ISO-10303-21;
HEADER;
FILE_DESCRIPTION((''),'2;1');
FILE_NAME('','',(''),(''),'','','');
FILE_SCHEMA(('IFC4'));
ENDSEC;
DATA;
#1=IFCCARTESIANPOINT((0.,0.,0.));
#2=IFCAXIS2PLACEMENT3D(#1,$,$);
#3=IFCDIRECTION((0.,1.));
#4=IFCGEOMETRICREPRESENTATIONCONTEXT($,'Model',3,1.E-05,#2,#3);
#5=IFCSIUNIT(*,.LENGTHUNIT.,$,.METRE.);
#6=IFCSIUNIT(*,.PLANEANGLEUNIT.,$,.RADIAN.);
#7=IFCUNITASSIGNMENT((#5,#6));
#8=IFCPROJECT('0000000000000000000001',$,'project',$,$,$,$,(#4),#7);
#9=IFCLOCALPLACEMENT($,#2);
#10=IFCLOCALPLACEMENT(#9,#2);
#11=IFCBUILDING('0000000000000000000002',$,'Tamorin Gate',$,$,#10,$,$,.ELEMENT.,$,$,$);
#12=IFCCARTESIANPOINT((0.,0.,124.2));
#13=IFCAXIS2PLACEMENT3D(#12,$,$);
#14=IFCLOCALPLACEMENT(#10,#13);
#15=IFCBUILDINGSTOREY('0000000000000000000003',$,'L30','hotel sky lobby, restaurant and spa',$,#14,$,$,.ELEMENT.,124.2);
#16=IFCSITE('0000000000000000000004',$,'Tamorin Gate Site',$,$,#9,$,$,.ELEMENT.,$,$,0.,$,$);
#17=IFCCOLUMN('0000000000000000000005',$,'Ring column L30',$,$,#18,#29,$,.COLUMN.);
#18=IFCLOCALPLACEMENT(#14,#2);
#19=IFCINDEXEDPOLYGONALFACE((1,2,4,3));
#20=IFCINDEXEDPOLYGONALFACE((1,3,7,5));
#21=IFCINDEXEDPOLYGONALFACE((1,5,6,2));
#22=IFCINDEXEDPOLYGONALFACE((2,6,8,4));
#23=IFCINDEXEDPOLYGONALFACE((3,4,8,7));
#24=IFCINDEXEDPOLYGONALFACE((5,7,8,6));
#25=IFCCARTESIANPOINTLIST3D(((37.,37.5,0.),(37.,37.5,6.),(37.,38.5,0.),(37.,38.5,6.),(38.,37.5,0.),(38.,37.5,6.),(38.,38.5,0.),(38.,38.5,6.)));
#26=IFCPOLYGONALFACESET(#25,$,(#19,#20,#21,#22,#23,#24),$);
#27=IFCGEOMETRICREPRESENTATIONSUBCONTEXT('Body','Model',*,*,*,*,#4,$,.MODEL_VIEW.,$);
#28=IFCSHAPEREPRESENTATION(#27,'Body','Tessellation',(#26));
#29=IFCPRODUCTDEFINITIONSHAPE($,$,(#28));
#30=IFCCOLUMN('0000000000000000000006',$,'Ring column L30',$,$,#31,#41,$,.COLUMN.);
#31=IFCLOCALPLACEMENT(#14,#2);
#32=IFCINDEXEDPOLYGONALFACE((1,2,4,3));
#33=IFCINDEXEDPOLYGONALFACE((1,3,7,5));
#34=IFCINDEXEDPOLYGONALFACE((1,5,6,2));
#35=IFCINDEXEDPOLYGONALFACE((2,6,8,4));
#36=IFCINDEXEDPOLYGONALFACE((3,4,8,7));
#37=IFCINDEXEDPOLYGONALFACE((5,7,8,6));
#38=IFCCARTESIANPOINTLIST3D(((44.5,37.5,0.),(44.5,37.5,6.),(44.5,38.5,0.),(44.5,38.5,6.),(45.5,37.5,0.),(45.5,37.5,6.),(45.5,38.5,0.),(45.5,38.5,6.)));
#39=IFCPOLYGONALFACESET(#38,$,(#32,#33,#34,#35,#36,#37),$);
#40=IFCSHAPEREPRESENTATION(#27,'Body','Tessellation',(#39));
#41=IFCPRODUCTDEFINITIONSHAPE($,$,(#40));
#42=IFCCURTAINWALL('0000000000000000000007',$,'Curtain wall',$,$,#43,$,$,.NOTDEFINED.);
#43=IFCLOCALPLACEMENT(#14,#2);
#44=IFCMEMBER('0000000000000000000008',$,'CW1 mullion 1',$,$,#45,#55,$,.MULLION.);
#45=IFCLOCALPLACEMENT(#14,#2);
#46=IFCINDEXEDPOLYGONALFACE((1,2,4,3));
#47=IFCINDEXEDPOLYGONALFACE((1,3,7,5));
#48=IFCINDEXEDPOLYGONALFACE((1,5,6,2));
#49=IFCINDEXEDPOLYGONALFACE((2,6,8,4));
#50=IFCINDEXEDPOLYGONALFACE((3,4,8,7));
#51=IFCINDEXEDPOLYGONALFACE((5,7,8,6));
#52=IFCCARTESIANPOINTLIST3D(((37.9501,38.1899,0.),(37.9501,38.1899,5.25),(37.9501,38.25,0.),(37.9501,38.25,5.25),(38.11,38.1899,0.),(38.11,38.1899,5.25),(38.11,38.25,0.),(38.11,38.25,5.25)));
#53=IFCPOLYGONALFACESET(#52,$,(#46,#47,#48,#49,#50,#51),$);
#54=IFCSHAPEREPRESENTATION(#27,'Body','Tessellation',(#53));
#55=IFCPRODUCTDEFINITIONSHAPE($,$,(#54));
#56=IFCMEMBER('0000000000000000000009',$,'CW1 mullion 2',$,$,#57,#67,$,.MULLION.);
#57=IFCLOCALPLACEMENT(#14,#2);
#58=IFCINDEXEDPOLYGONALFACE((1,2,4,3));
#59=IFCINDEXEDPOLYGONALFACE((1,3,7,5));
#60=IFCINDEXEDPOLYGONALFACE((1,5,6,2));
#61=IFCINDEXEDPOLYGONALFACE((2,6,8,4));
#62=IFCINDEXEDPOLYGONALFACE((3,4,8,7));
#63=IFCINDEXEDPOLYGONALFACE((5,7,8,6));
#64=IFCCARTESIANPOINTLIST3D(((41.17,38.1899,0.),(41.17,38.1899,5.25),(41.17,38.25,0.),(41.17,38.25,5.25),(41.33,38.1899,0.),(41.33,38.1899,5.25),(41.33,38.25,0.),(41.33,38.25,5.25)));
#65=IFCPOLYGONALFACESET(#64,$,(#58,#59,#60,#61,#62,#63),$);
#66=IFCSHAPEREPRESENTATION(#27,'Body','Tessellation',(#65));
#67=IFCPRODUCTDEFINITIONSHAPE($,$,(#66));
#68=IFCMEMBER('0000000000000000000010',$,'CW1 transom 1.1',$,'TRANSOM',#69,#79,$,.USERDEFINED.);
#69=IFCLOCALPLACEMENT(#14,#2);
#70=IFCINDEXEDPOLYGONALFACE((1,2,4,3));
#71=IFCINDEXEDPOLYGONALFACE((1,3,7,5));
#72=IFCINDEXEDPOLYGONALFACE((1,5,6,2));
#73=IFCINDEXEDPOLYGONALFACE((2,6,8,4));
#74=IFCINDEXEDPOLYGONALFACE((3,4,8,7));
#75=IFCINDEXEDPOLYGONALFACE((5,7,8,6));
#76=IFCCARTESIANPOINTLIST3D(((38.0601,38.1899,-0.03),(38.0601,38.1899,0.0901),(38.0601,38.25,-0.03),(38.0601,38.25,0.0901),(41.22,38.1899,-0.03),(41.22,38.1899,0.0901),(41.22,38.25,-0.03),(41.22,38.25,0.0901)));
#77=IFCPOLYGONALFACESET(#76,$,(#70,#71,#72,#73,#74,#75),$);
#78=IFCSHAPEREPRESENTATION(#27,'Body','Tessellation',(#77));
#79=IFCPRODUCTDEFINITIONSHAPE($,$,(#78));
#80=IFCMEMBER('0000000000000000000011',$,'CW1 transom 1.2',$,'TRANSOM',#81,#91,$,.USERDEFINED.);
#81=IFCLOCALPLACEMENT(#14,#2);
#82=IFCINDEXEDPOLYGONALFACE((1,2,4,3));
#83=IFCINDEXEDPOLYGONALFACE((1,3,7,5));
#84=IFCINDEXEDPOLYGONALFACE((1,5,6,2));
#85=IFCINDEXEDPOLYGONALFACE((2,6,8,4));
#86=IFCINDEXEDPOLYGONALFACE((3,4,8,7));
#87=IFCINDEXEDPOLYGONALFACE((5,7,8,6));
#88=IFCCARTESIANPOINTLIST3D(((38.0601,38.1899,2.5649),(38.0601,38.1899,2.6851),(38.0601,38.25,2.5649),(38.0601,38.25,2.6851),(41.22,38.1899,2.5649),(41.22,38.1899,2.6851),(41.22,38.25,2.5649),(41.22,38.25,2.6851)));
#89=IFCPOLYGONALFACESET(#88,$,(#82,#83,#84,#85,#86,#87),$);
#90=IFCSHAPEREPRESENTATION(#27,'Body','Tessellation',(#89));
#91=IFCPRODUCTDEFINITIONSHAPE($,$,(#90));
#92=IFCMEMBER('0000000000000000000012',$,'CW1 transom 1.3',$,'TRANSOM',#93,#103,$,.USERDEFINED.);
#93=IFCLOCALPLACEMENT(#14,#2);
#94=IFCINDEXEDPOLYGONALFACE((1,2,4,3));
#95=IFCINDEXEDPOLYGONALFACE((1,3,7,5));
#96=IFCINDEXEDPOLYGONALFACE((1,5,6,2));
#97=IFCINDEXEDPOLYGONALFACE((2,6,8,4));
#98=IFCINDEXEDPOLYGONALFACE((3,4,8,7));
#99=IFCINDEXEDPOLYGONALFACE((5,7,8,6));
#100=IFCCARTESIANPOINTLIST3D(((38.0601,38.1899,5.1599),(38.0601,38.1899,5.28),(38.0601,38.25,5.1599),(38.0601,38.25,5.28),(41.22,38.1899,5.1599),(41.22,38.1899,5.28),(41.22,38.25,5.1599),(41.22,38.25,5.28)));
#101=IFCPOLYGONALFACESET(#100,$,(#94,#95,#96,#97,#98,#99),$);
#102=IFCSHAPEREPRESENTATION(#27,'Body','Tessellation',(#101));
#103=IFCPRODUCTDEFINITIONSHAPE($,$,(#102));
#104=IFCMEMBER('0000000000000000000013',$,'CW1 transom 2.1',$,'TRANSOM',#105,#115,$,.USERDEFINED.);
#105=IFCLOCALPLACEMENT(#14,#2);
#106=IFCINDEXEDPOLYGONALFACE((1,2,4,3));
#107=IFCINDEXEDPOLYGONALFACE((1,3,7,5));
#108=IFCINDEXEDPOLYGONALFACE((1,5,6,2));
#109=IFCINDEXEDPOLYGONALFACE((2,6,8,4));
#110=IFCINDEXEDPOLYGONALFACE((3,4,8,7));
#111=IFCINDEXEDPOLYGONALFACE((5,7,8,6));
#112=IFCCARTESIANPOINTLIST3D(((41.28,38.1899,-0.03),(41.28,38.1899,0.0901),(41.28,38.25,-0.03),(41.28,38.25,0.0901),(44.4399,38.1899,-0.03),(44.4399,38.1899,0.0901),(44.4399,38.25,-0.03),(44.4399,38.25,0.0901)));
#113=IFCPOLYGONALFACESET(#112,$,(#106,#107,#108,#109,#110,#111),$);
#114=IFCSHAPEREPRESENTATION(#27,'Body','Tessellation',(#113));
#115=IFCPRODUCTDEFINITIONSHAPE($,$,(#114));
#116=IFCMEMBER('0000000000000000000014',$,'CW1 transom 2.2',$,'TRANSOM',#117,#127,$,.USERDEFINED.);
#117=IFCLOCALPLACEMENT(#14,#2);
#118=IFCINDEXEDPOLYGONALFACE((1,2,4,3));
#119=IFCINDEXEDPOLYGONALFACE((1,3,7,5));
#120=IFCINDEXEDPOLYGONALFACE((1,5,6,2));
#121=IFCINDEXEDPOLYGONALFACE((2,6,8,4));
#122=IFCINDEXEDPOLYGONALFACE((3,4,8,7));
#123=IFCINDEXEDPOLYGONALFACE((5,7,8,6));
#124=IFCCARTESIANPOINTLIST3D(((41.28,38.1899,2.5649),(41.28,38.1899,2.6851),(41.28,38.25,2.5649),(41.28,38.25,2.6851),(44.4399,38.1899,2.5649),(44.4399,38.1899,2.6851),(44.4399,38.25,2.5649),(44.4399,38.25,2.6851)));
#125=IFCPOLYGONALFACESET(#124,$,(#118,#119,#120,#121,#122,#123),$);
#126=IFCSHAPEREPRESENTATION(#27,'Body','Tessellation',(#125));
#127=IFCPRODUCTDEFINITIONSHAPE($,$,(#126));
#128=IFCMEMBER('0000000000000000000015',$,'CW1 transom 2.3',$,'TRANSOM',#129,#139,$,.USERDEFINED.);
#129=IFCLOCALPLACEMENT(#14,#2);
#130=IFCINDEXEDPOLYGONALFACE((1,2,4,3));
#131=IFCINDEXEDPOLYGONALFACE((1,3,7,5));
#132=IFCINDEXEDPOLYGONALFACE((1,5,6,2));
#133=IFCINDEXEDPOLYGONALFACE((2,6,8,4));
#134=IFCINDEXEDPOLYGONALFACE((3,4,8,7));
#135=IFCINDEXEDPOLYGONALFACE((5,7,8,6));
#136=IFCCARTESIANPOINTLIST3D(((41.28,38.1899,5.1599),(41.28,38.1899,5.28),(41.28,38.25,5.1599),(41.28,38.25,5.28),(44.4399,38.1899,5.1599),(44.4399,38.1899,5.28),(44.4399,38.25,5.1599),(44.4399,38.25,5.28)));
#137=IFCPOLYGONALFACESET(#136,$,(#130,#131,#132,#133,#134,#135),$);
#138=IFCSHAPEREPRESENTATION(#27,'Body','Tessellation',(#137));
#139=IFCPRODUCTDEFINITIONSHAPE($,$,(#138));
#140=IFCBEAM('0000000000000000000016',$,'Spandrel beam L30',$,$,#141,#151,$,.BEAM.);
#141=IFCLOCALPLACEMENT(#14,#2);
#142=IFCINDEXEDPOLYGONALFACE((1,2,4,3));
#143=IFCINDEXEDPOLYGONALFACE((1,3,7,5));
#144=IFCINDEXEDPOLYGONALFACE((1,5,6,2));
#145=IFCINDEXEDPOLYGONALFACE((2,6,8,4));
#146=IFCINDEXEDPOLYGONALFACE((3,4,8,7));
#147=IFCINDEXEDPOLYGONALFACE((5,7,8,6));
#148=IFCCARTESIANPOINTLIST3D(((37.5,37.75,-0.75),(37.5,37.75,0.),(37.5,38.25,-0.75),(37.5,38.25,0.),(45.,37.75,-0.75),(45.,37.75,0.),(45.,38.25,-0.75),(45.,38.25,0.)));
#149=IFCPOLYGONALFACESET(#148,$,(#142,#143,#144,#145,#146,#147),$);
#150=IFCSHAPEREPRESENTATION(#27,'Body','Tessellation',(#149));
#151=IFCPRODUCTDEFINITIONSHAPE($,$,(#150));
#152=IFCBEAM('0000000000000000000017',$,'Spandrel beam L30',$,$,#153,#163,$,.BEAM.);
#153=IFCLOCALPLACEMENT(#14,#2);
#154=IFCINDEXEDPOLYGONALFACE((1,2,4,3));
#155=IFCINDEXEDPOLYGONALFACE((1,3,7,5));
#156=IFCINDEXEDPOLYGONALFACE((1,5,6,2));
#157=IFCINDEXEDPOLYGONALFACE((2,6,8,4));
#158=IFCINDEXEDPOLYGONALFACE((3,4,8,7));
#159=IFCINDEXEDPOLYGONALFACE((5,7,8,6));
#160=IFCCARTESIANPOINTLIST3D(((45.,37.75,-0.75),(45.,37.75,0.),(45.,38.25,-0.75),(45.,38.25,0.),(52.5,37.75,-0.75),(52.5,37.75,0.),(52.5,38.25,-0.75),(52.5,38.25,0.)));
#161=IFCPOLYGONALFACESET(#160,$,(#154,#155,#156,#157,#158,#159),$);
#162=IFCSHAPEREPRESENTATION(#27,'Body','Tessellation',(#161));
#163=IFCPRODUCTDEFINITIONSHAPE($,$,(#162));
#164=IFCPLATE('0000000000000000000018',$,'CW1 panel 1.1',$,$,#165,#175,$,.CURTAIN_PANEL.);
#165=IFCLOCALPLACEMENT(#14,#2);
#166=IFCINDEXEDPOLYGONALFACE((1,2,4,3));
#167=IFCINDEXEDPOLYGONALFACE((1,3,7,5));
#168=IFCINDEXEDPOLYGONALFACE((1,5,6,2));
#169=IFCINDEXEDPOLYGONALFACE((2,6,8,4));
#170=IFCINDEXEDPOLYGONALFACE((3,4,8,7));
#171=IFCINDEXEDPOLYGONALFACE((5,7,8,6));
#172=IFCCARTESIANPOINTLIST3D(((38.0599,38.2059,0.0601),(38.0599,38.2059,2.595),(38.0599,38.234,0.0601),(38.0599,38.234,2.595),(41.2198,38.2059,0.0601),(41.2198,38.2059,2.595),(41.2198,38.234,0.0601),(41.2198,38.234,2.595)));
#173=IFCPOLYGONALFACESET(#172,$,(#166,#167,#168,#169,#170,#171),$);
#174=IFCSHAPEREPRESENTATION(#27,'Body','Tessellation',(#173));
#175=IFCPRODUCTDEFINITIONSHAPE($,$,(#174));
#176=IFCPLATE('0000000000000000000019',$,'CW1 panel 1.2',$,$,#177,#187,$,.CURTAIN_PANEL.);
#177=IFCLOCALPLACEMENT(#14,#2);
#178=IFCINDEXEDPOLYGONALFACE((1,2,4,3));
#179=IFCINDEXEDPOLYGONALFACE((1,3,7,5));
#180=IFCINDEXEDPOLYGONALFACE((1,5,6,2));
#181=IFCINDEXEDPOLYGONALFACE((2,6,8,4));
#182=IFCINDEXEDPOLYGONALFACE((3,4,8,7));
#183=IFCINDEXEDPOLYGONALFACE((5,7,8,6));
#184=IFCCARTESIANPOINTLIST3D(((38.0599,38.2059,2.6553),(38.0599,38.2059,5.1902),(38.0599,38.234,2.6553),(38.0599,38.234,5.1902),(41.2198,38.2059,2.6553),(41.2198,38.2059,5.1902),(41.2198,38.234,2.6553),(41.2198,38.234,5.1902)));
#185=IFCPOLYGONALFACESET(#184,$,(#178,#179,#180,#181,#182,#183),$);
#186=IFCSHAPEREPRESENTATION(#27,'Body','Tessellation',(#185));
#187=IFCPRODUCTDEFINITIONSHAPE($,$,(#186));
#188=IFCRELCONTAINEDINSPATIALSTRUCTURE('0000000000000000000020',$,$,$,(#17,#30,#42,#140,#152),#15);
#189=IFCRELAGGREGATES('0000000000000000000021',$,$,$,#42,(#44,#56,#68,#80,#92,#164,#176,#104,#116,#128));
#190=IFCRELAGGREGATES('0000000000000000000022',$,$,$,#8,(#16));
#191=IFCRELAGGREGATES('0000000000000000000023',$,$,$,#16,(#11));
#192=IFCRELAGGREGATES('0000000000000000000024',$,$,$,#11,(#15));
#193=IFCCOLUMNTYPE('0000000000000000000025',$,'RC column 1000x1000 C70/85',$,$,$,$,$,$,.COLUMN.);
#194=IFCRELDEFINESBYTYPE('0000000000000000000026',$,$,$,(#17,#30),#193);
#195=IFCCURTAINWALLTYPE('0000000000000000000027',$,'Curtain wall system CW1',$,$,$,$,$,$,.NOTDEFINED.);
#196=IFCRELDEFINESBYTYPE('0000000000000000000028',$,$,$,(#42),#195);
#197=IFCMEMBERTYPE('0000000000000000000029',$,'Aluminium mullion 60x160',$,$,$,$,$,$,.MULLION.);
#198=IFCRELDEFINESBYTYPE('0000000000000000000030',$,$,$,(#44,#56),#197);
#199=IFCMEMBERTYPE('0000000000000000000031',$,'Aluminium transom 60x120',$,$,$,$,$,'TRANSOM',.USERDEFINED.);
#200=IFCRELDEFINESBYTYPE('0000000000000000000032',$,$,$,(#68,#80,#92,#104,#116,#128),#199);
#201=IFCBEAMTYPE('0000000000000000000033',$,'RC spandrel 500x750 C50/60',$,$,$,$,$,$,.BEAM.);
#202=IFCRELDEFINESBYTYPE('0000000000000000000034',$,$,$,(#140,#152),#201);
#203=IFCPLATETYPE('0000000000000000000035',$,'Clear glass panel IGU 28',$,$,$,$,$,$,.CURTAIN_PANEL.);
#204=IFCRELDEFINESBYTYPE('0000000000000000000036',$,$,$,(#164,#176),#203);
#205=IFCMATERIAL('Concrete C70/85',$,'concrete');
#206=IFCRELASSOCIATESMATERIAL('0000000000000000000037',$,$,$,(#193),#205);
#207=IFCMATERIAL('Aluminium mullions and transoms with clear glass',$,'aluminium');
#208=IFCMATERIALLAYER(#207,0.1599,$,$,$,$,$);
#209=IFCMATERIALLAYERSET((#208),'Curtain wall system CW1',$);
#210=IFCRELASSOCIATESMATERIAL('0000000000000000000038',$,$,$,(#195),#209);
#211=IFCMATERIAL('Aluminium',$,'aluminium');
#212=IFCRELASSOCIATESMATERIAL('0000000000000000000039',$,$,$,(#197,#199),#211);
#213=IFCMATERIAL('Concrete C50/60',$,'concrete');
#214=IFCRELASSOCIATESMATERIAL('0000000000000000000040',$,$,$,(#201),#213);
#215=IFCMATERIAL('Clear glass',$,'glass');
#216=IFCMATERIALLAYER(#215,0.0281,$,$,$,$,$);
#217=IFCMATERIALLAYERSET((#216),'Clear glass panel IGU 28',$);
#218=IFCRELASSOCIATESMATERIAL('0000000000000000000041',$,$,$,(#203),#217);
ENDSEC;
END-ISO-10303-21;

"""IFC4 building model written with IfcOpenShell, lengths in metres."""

from ifc_helpers import new_model, si_unit, direction, frame, origin, origin_2d, place, context, subcontext, project, spatial, rectangle, extrude, material, layer, layer_set, material_profile, profile_set, type_object, element, aggregate, save


model = new_model("IFC4")

# Units and contexts
model_context = context("Model", 3, precision=1e-05, world=origin(), true_north=direction((0.0, 1.0)))
body_context = subcontext(model_context, "Body", "Model", "MODEL_VIEW")
ifc_project = project(units=[si_unit("LENGTHUNIT", "METRE"), si_unit("PLANEANGLEUNIT", "RADIAN")], contexts=[model_context])

# Site, building, storey
site_placement = place(None, origin())
site = spatial("IfcSite", under=ifc_project, at=site_placement, Name="Tamorin Gate Site", CompositionType="ELEMENT", RefElevation=0.0)
building_placement = place(site_placement, origin())
building = spatial("IfcBuilding", under=site, at=building_placement, Name="Tamorin Gate", CompositionType="ELEMENT")
storey_placement = place(building_placement, frame((0.0, 0.0, 124.2)))
storey = spatial("IfcBuildingStorey", under=building, at=storey_placement, Name="L30", Description="hotel sky lobby, restaurant and spa", CompositionType="ELEMENT", Elevation=124.2)

# Columns
ifc_material_1 = material(Name="Concrete C70/85", Category="concrete")
ifc_material_profile_1 = material_profile(ifc_material_1, rectangle(XDim=1.0, YDim=1.0, at=origin_2d()), Name="RC 1000x1000")
ifc_profile_set_1 = profile_set([ifc_material_profile_1], Name="Concrete C70/85")
column_type = type_object("IfcColumnType", Name="RC column 1000x1000 C70/85", PredefinedType="COLUMN", material=ifc_profile_set_1)
for number, where, z_axis, x_axis, name in (
    (1, (37.5, 38.0, 0.0), (0.0, 0.0, 1.0), (1.0, 0.0, 0.0), "Ring column L30"),
    (2, (45.0, 38.0, 0.0), (0.0, 0.0, 1.0), (1.0, 0.0, 0.0), "Ring column L30"),
):
    element("IfcColumn", number, at=place(storey_placement, frame(where, z_axis=z_axis, x_axis=x_axis)), inside=storey, type_object=column_type, Name=name, PredefinedType="COLUMN", context=body_context, shape_type="SweptSolid", body=[
        extrude(rectangle(XDim=1.0, YDim=1.0, at=origin_2d()), origin(), (0.0, 0.0, 1.0), 6.0),
    ])

# Curtain wall, members
ifc_material_2 = material(Name="Aluminium mullions and transoms with clear glass", Category="aluminium")
ifc_layer_1 = layer(ifc_material_2, 0.1599)
ifc_layer_set_1 = layer_set([ifc_layer_1], Name="Curtain wall system CW1")
curtain_wall_type = type_object("IfcCurtainWallType", Name="Curtain wall system CW1", PredefinedType="NOTDEFINED", material=ifc_layer_set_1)
curtain_wall_placement = place(storey_placement, origin())
curtain_wall = element("IfcCurtainWall", 3, at=curtain_wall_placement, inside=storey, type_object=curtain_wall_type, Name="Curtain wall", PredefinedType="NOTDEFINED")
ifc_material_3 = material(Name="Aluminium", Category="aluminium")
ifc_material_profile_2 = material_profile(ifc_material_3, rectangle(XDim=0.0601, YDim=0.1599, at=origin_2d()), Name="RECT 60x160")
ifc_profile_set_2 = profile_set([ifc_material_profile_2], Name="Aluminium")
member_type_1 = type_object("IfcMemberType", Name="Aluminium mullion 60x160", PredefinedType="MULLION", material=ifc_profile_set_2)
member_1_placement = place(storey_placement, frame((38.03, 38.22, 0.0), z_axis=(0.0, 0.0, 1.0), x_axis=(0.0, 1.0, 0.0)))
member_1 = element("IfcMember", 4, at=member_1_placement, type_object=member_type_1, Name="CW1 mullion 1", PredefinedType="MULLION", context=body_context, shape_type="SweptSolid", body=[
    extrude(rectangle(XDim=0.0601, YDim=0.1599, at=origin_2d()), origin(), (0.0, 0.0, 1.0), 5.25),
])
member_2_placement = place(storey_placement, frame((41.25, 38.22, 0.0), z_axis=(0.0, 0.0, 1.0), x_axis=(0.0, 1.0, 0.0)))
member_2 = element("IfcMember", 5, at=member_2_placement, type_object=member_type_1, Name="CW1 mullion 2", PredefinedType="MULLION", context=body_context, shape_type="SweptSolid", body=[
    extrude(rectangle(XDim=0.0601, YDim=0.1599, at=origin_2d()), origin(), (0.0, 0.0, 1.0), 5.25),
])
ifc_material_profile_3 = material_profile(ifc_material_3, rectangle(XDim=0.0601, YDim=0.1201, at=origin_2d()), Name="RECT 60x120")
ifc_profile_set_3 = profile_set([ifc_material_profile_3], Name="Aluminium")
member_type_2 = type_object("IfcMemberType", Name="Aluminium transom 60x120", ElementType="TRANSOM", PredefinedType="USERDEFINED", material=ifc_profile_set_3)
member_3_placement = place(storey_placement, frame((38.0601, 38.22, 0.03), z_axis=(1.0, 0.0, 0.0), x_axis=(0.0, 1.0, 0.0)))
member_3 = element("IfcMember", 6, at=member_3_placement, type_object=member_type_2, Name="CW1 transom 1.1", ObjectType="TRANSOM", PredefinedType="USERDEFINED", context=body_context, shape_type="SweptSolid", body=[
    extrude(rectangle(XDim=0.0601, YDim=0.1201, at=origin_2d()), origin(), (0.0, 0.0, 1.0), 3.1599),
])
member_4_placement = place(storey_placement, frame((38.0601, 38.22, 2.625), z_axis=(1.0, 0.0, 0.0), x_axis=(0.0, 1.0, 0.0)))
member_4 = element("IfcMember", 7, at=member_4_placement, type_object=member_type_2, Name="CW1 transom 1.2", ObjectType="TRANSOM", PredefinedType="USERDEFINED", context=body_context, shape_type="SweptSolid", body=[
    extrude(rectangle(XDim=0.0601, YDim=0.1201, at=origin_2d()), origin(), (0.0, 0.0, 1.0), 3.1599),
])
member_5_placement = place(storey_placement, frame((38.0601, 38.22, 5.22), z_axis=(1.0, 0.0, 0.0), x_axis=(0.0, 1.0, 0.0)))
member_5 = element("IfcMember", 8, at=member_5_placement, type_object=member_type_2, Name="CW1 transom 1.3", ObjectType="TRANSOM", PredefinedType="USERDEFINED", context=body_context, shape_type="SweptSolid", body=[
    extrude(rectangle(XDim=0.0601, YDim=0.1201, at=origin_2d()), origin(), (0.0, 0.0, 1.0), 3.1599),
])
member_6_placement = place(storey_placement, frame((41.28, 38.22, 0.03), z_axis=(1.0, 0.0, 0.0), x_axis=(0.0, 1.0, 0.0)))
member_6 = element("IfcMember", 9, at=member_6_placement, type_object=member_type_2, Name="CW1 transom 2.1", ObjectType="TRANSOM", PredefinedType="USERDEFINED", context=body_context, shape_type="SweptSolid", body=[
    extrude(rectangle(XDim=0.0601, YDim=0.1201, at=origin_2d()), origin(), (0.0, 0.0, 1.0), 3.1599),
])
member_7_placement = place(storey_placement, frame((41.28, 38.22, 2.625), z_axis=(1.0, 0.0, 0.0), x_axis=(0.0, 1.0, 0.0)))
member_7 = element("IfcMember", 10, at=member_7_placement, type_object=member_type_2, Name="CW1 transom 2.2", ObjectType="TRANSOM", PredefinedType="USERDEFINED", context=body_context, shape_type="SweptSolid", body=[
    extrude(rectangle(XDim=0.0601, YDim=0.1201, at=origin_2d()), origin(), (0.0, 0.0, 1.0), 3.1599),
])
member_8_placement = place(storey_placement, frame((41.28, 38.22, 5.22), z_axis=(1.0, 0.0, 0.0), x_axis=(0.0, 1.0, 0.0)))
member_8 = element("IfcMember", 11, at=member_8_placement, type_object=member_type_2, Name="CW1 transom 2.3", ObjectType="TRANSOM", PredefinedType="USERDEFINED", context=body_context, shape_type="SweptSolid", body=[
    extrude(rectangle(XDim=0.0601, YDim=0.1201, at=origin_2d()), origin(), (0.0, 0.0, 1.0), 3.1599),
])

# Beams
ifc_material_4 = material(Name="Concrete C50/60", Category="concrete")
ifc_material_profile_4 = material_profile(ifc_material_4, rectangle(XDim=0.5, YDim=0.75, at=origin_2d()), Name="RC 500x750")
ifc_profile_set_4 = profile_set([ifc_material_profile_4], Name="Concrete C50/60")
beam_type = type_object("IfcBeamType", Name="RC spandrel 500x750 C50/60", PredefinedType="BEAM", material=ifc_profile_set_4)
for number, where, z_axis, x_axis, name in (
    (12, (37.5, 38.0, -0.375), (1.0, 0.0, 0.0), (0.0, 1.0, 0.0), "Spandrel beam L30"),
    (13, (45.0, 38.0, -0.375), (1.0, 0.0, 0.0), (0.0, 1.0, 0.0), "Spandrel beam L30"),
):
    element("IfcBeam", number, at=place(storey_placement, frame(where, z_axis=z_axis, x_axis=x_axis)), inside=storey, type_object=beam_type, Name=name, PredefinedType="BEAM", context=body_context, shape_type="SweptSolid", body=[
        extrude(rectangle(XDim=0.5, YDim=0.75, at=origin_2d()), origin(), (0.0, 0.0, 1.0), 7.5),
    ])

# Plates
ifc_material_5 = material(Name="Clear glass", Category="glass")
ifc_layer_2 = layer(ifc_material_5, 0.0281)
ifc_layer_set_2 = layer_set([ifc_layer_2], Name="Clear glass panel IGU 28")
plate_type_1 = type_object("IfcPlateType", Name="Clear glass panel IGU 28", PredefinedType="CURTAIN_PANEL", material=ifc_layer_set_2)
plate_1_placement = place(storey_placement, frame((39.6399, 38.22, 0.0601), z_axis=(0.0, 0.0, 1.0), x_axis=(1.0, 0.0, 0.0)))
plate_1 = element("IfcPlate", 14, at=plate_1_placement, type_object=plate_type_1, Name="CW1 panel 1.1", PredefinedType="CURTAIN_PANEL", context=body_context, shape_type="SweptSolid", body=[
    extrude(rectangle(XDim=3.1599, YDim=0.0281, at=origin_2d()), origin(), (0.0, 0.0, 1.0), 2.5349),
])
plate_2_placement = place(storey_placement, frame((39.6399, 38.22, 2.6553), z_axis=(0.0, 0.0, 1.0), x_axis=(1.0, 0.0, 0.0)))
plate_2 = element("IfcPlate", 15, at=plate_2_placement, type_object=plate_type_1, Name="CW1 panel 1.2", PredefinedType="CURTAIN_PANEL", context=body_context, shape_type="SweptSolid", body=[
    extrude(rectangle(XDim=3.1599, YDim=0.0281, at=origin_2d()), origin(), (0.0, 0.0, 1.0), 2.5349),
])
aggregate(curtain_wall, [member_1, member_2, member_3, member_4, member_5, plate_1, plate_2, member_6, member_7, member_8])

save(model, "model.ifc")
